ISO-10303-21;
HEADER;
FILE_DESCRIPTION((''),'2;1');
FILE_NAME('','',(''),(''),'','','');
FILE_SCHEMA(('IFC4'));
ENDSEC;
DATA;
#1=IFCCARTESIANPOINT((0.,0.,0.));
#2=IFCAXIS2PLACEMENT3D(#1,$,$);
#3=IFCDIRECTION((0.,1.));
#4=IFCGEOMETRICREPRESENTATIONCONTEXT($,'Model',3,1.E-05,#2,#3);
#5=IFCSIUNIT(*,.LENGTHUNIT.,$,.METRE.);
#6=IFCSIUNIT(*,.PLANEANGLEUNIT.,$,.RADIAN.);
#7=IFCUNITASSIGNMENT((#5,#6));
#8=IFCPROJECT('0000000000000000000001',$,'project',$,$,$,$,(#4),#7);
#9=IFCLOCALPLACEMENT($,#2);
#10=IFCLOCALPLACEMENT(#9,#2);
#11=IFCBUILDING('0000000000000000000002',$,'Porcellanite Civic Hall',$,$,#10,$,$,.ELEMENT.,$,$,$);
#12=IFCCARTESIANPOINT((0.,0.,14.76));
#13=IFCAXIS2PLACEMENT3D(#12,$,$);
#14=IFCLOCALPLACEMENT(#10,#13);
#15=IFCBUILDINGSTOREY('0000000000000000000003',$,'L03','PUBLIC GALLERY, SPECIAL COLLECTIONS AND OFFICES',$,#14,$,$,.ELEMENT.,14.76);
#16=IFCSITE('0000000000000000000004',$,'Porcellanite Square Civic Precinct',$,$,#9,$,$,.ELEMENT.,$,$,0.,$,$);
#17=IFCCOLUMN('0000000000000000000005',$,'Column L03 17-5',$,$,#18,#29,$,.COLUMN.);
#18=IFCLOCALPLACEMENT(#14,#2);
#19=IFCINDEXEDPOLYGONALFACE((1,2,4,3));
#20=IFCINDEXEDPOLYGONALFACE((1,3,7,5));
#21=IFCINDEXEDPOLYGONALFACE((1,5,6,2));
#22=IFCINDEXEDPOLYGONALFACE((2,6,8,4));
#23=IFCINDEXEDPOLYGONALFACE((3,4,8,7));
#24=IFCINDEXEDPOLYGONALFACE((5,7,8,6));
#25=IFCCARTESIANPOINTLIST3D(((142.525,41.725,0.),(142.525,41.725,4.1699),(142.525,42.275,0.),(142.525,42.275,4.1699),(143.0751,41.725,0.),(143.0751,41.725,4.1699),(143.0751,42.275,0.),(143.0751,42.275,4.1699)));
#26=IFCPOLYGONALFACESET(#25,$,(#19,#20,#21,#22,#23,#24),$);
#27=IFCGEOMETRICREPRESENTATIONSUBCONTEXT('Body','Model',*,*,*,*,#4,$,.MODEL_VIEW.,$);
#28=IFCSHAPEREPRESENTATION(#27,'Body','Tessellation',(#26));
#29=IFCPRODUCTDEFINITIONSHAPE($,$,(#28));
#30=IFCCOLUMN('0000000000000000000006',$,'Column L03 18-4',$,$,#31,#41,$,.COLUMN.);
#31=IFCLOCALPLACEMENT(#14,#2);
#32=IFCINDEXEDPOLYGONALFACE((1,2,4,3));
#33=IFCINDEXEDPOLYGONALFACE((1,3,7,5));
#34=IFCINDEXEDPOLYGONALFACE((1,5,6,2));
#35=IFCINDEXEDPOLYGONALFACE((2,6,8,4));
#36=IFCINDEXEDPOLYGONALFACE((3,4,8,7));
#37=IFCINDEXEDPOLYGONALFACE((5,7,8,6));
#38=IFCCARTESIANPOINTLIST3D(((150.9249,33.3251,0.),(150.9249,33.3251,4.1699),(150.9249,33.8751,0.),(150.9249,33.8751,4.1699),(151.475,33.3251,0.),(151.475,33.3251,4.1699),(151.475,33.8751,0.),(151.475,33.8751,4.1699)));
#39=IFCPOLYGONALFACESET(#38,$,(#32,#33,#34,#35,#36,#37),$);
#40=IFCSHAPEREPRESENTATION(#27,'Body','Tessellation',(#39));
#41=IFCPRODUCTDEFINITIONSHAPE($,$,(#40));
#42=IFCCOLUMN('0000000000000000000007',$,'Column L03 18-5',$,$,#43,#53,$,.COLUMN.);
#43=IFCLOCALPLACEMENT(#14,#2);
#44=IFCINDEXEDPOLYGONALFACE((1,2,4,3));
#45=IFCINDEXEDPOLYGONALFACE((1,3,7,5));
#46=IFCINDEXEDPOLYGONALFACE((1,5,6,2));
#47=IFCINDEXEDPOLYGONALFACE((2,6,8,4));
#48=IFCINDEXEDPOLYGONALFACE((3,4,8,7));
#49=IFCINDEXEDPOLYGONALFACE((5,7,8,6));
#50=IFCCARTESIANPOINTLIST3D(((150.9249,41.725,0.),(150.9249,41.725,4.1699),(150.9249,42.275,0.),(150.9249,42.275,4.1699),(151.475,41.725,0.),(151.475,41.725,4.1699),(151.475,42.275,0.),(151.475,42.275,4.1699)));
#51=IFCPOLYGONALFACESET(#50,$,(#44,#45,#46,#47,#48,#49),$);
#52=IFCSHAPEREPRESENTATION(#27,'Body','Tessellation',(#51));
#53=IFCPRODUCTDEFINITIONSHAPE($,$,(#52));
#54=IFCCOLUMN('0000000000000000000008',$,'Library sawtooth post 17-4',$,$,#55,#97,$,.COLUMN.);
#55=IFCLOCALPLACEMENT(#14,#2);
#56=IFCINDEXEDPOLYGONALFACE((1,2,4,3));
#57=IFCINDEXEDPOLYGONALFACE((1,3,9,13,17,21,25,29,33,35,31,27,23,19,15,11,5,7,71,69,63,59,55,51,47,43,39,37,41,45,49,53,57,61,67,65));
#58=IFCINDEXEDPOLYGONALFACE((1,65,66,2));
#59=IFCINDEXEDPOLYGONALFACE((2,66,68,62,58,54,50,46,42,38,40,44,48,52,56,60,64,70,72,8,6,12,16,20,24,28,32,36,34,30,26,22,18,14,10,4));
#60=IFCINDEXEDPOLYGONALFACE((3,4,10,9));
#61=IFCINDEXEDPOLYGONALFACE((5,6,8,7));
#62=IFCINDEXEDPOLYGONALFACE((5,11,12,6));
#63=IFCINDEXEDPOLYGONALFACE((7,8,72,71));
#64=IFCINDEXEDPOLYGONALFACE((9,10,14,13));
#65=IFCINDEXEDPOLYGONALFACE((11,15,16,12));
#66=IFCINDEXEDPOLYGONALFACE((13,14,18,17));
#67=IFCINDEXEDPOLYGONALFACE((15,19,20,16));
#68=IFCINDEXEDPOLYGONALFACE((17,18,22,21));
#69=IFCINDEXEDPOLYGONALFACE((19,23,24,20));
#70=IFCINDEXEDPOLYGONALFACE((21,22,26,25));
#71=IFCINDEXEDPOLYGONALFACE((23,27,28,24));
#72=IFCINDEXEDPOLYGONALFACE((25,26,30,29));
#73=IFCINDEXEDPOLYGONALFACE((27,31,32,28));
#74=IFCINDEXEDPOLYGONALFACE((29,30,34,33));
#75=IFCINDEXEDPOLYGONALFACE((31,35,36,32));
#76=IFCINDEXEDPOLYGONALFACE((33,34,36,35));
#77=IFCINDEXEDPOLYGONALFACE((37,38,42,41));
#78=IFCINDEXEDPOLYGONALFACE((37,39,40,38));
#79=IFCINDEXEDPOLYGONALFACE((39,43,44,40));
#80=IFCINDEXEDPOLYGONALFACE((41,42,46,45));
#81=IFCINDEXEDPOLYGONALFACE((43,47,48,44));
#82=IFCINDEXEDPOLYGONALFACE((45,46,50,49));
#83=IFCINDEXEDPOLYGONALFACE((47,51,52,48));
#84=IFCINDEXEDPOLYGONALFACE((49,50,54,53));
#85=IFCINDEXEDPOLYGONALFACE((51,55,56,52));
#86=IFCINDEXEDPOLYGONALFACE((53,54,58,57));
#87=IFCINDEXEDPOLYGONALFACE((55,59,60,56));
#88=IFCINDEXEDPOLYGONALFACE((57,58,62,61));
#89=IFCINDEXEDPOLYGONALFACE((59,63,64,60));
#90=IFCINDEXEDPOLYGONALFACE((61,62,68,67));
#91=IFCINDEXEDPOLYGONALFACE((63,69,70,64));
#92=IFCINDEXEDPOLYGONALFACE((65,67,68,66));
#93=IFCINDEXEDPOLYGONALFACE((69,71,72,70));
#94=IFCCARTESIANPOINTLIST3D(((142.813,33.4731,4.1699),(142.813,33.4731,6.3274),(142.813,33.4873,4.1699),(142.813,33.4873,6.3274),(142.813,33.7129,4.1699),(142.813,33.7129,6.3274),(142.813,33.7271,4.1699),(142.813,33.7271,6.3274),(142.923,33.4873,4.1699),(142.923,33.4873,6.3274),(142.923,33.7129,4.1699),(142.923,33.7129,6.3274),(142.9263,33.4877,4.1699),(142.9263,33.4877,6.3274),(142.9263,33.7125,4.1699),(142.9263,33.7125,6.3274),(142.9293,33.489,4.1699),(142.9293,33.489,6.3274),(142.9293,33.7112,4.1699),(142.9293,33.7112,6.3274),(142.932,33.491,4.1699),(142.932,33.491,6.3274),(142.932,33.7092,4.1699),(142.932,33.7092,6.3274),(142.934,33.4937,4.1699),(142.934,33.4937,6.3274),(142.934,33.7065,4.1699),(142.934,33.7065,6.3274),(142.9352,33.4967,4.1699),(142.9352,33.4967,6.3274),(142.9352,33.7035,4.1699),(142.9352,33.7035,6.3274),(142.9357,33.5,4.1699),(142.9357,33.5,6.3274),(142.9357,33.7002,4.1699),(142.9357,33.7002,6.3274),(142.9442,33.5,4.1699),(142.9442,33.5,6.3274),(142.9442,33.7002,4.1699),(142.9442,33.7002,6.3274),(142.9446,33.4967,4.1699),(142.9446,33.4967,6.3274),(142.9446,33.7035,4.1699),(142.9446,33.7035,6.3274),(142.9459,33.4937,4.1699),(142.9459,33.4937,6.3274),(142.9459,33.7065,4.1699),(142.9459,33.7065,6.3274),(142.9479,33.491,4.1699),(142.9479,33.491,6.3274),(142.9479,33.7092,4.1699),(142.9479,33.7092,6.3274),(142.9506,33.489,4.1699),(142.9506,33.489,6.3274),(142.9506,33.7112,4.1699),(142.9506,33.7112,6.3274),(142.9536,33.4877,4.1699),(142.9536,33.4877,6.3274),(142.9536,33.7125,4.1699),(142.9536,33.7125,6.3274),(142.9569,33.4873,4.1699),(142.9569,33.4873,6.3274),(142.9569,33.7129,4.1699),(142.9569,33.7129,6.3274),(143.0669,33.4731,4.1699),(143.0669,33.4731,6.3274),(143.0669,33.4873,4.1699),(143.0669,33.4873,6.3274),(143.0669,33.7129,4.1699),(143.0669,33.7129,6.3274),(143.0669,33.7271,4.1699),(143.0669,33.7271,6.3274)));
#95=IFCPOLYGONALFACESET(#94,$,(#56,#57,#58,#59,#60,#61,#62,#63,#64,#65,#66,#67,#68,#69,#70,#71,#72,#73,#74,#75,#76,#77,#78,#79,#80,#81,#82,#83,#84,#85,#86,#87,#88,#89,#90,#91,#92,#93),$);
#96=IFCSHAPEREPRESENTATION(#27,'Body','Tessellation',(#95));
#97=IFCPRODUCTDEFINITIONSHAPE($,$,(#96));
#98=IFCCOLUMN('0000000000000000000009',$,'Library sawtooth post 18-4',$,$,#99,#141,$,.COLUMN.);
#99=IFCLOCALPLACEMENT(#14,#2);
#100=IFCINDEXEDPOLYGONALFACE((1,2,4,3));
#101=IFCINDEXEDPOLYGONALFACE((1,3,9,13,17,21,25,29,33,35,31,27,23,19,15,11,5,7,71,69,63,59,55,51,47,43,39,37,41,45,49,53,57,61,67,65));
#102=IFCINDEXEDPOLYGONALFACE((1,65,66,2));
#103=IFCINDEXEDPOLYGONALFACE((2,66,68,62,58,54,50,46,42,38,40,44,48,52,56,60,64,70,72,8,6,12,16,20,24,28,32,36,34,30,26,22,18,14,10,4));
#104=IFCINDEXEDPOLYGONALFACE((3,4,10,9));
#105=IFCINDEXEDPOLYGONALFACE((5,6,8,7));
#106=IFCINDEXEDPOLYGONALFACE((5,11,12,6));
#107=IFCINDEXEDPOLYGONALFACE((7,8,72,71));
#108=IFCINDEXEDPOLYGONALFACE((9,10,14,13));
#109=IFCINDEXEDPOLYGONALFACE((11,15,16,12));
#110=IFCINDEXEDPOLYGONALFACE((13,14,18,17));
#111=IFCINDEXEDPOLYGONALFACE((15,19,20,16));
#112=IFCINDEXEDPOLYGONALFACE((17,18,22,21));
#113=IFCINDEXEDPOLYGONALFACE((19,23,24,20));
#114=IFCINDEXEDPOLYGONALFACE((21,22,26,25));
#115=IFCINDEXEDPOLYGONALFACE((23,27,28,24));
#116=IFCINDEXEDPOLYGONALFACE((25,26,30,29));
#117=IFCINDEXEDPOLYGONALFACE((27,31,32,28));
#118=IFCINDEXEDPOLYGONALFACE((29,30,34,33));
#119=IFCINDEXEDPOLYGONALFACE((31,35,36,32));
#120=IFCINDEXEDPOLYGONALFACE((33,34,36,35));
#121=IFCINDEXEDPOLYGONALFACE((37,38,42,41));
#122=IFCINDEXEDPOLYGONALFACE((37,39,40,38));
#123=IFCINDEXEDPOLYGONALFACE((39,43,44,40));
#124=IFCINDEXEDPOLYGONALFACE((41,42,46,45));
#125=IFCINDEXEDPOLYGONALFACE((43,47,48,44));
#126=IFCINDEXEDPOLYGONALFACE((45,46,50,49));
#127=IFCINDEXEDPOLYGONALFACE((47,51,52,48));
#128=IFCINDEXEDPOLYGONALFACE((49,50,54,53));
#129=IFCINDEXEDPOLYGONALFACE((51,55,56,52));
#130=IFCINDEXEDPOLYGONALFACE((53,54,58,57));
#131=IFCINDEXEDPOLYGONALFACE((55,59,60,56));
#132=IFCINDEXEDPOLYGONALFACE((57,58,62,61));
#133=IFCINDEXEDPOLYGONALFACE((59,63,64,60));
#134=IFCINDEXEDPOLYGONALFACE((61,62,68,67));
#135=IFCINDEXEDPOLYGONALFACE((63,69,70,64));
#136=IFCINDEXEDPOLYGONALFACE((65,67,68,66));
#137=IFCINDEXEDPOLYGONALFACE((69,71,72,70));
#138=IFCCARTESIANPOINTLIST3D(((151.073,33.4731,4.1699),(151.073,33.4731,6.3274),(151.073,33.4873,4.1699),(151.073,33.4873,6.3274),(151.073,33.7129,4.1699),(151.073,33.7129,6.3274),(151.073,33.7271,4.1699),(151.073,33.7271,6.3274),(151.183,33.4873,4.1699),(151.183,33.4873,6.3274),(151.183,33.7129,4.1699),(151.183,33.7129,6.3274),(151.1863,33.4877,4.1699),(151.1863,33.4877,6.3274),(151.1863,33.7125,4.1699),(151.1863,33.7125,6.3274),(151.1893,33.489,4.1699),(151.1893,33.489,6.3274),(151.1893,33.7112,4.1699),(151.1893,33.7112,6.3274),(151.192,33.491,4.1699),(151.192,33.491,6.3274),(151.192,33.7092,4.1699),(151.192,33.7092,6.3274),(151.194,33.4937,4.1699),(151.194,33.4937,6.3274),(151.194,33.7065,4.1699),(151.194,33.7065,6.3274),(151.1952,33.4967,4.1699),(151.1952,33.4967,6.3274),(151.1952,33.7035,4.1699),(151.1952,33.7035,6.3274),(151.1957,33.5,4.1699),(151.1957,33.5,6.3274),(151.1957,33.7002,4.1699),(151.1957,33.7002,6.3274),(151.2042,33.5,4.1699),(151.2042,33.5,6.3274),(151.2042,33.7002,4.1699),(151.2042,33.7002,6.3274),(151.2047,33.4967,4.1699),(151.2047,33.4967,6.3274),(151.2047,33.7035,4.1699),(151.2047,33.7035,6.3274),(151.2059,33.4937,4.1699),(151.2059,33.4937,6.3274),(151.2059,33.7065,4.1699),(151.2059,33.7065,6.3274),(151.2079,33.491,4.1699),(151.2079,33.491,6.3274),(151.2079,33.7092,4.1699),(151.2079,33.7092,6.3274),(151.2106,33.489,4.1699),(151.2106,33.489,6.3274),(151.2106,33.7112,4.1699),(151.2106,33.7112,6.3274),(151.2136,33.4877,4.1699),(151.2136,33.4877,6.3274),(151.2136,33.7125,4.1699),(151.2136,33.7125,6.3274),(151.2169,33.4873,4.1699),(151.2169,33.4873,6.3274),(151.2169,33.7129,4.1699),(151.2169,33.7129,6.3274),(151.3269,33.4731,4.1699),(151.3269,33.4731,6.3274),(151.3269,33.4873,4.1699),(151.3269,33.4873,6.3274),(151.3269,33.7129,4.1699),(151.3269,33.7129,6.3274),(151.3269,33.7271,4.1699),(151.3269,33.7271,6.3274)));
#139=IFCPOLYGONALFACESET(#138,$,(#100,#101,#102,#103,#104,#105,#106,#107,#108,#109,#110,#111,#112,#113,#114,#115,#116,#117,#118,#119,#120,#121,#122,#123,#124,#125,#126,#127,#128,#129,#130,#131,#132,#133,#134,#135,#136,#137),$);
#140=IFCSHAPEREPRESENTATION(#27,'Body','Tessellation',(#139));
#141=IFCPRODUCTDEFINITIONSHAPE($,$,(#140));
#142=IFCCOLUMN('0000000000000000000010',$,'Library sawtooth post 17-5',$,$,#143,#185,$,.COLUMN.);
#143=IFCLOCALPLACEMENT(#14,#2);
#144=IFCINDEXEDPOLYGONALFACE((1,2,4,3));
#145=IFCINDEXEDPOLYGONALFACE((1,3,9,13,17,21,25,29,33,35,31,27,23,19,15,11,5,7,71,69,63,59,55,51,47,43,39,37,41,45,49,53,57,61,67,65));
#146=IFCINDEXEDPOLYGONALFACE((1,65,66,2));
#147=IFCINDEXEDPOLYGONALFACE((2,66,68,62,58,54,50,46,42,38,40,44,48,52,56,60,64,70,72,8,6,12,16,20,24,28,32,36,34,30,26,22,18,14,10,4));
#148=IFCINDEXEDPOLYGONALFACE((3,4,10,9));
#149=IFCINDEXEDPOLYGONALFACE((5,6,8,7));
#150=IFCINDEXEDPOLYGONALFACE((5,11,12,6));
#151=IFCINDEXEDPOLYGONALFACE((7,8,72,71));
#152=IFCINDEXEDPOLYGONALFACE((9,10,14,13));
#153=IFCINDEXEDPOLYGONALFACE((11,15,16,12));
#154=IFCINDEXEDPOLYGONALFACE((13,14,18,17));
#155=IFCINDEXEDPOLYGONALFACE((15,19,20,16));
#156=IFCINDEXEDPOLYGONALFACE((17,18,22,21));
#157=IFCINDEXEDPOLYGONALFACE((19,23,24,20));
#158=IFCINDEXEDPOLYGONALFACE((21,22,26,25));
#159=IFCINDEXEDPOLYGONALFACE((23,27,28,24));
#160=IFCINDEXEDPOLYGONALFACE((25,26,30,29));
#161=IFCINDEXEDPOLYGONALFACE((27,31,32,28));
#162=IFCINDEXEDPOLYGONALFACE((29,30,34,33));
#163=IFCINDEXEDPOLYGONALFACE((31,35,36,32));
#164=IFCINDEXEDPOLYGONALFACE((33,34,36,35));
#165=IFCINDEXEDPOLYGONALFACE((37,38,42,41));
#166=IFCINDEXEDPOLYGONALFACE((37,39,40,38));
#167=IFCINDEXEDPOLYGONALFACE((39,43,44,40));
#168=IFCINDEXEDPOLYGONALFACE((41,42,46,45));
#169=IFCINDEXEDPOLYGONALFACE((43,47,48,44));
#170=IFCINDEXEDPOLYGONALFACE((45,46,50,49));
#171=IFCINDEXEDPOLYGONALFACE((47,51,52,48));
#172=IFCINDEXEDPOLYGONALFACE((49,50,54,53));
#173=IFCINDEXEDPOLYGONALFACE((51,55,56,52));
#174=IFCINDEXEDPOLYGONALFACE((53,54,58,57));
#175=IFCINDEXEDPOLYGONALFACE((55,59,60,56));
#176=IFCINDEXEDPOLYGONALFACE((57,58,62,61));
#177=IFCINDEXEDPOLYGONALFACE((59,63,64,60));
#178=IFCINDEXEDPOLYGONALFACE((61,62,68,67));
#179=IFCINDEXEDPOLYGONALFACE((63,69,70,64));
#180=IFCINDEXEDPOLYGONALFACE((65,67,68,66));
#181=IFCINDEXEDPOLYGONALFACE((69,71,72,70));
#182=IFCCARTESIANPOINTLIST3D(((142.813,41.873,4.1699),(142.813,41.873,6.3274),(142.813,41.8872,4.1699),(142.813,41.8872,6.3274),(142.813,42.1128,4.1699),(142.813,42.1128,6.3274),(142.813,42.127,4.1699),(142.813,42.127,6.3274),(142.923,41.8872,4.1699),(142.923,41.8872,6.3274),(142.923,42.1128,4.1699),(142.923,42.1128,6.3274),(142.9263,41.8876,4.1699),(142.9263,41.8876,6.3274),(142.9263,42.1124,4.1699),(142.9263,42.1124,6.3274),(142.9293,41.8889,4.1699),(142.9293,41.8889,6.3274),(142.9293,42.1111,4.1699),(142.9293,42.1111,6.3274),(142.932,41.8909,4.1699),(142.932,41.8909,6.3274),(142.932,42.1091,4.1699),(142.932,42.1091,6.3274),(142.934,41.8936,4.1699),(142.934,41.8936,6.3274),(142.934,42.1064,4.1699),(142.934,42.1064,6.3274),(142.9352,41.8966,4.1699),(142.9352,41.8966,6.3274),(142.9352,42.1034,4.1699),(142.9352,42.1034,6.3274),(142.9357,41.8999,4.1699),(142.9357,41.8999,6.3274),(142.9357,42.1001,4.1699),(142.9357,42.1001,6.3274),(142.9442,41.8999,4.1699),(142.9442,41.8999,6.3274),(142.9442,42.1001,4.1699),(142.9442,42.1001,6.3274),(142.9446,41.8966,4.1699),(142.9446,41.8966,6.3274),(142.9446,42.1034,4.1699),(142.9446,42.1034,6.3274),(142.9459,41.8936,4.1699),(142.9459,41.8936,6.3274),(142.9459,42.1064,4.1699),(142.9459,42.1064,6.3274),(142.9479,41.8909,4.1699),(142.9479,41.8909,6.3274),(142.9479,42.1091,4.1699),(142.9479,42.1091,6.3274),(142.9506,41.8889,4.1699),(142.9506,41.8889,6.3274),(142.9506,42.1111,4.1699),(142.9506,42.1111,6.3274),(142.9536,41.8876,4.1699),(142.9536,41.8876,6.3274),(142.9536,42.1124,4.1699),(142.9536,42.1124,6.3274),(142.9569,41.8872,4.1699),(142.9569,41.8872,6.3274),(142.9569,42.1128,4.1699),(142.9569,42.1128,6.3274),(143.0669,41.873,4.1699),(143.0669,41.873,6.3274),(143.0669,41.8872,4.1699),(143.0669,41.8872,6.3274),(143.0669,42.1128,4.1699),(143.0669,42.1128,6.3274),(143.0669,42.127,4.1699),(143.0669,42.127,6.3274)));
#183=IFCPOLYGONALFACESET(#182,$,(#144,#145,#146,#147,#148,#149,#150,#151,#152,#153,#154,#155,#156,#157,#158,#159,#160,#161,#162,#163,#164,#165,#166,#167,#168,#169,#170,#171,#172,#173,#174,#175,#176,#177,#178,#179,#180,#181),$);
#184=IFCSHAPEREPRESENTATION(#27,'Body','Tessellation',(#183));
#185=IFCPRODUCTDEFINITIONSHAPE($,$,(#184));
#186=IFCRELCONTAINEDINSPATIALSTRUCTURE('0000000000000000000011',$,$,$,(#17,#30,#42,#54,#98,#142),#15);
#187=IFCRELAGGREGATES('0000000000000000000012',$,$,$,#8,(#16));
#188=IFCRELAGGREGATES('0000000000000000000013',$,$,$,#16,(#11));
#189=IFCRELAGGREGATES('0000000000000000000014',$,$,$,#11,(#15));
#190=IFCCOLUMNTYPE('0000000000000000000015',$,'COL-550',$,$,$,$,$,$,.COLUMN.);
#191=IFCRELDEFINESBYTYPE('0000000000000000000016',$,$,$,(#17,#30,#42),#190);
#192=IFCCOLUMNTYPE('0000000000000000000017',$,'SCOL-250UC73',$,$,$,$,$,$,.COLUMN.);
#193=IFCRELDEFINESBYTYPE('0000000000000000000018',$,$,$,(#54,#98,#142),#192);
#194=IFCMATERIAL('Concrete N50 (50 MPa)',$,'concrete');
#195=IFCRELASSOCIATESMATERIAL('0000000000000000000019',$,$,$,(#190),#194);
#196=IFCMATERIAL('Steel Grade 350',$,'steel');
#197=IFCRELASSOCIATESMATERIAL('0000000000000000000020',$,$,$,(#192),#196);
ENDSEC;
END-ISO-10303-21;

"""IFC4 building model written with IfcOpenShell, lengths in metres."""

from ifc_helpers import new_model, si_unit, direction, frame, origin, origin_2d, place, context, subcontext, project, spatial, rectangle, i_section, extrude, material, material_profile, profile_set, type_object, element, save


model = new_model("IFC4")

# Units and contexts
model_context = context("Model", 3, precision=1e-05, world=origin(), true_north=direction((0.0, 1.0)))
body_context = subcontext(model_context, "Body", "Model", "MODEL_VIEW")
ifc_project = project(units=[si_unit("LENGTHUNIT", "METRE"), si_unit("PLANEANGLEUNIT", "RADIAN")], contexts=[model_context])

# Site, building, storey
site_placement = place(None, origin())
site = spatial("IfcSite", under=ifc_project, at=site_placement, Name="Porcellanite Square Civic Precinct", CompositionType="ELEMENT", RefElevation=0.0)
building_placement = place(site_placement, origin())
building = spatial("IfcBuilding", under=site, at=building_placement, Name="Porcellanite Civic Hall", CompositionType="ELEMENT")
storey_placement = place(building_placement, frame((0.0, 0.0, 14.76)))
storey = spatial("IfcBuildingStorey", under=building, at=storey_placement, Name="L03", Description="PUBLIC GALLERY, SPECIAL COLLECTIONS AND OFFICES", CompositionType="ELEMENT", Elevation=14.76)

# Columns
ifc_material_1 = material(Name="Concrete N50 (50 MPa)", Category="concrete")
ifc_material_profile_1 = material_profile(ifc_material_1, rectangle(XDim=0.55, YDim=0.55, at=origin_2d()), Name="RC-550x550")
ifc_profile_set_1 = profile_set([ifc_material_profile_1], Name="Concrete N50 (50 MPa)")
column_type_1 = type_object("IfcColumnType", Name="COL-550", PredefinedType="COLUMN", material=ifc_profile_set_1)
for number, where, z_axis, x_axis, name in (
    (1, (142.8, 42.0, 0.0), (0.0, 0.0, 1.0), (1.0, 0.0, 0.0), "Column L03 17-5"),
    (2, (151.2, 33.6001, 0.0), (0.0, 0.0, 1.0), (1.0, 0.0, 0.0), "Column L03 18-4"),
    (3, (151.2, 42.0, 0.0), (0.0, 0.0, 1.0), (1.0, 0.0, 0.0), "Column L03 18-5"),
):
    element("IfcColumn", number, at=place(storey_placement, frame(where, z_axis=z_axis, x_axis=x_axis)), inside=storey, type_object=column_type_1, Name=name, PredefinedType="COLUMN", context=body_context, shape_type="SweptSolid", body=[
        extrude(rectangle(XDim=0.55, YDim=0.55, at=origin_2d()), origin(), (0.0, 0.0, 1.0), 4.1699),
    ])
ifc_material_2 = material(Name="Steel Grade 350", Category="steel")
ifc_material_profile_2 = material_profile(ifc_material_2, i_section(OverallWidth=0.2539, OverallDepth=0.2539, WebThickness=0.0085, FlangeThickness=0.0142, FilletRadius=0.0127, at=origin_2d()), Name="250UC72.9")
ifc_profile_set_2 = profile_set([ifc_material_profile_2], Name="Steel Grade 350")
column_type_2 = type_object("IfcColumnType", Name="SCOL-250UC73", PredefinedType="COLUMN", material=ifc_profile_set_2)
for number, where, z_axis, x_axis, name in (
    (4, (142.9399, 33.6001, 4.1699), (0.0, 0.0, 1.0), (1.0, 0.0, 0.0), "Library sawtooth post 17-4"),
    (5, (151.2, 33.6001, 4.1699), (0.0, 0.0, 1.0), (1.0, 0.0, 0.0), "Library sawtooth post 18-4"),
    (6, (142.9399, 42.0, 4.1699), (0.0, 0.0, 1.0), (1.0, 0.0, 0.0), "Library sawtooth post 17-5"),
):
    element("IfcColumn", number, at=place(storey_placement, frame(where, z_axis=z_axis, x_axis=x_axis)), inside=storey, type_object=column_type_2, Name=name, PredefinedType="COLUMN", context=body_context, shape_type="SweptSolid", body=[
        extrude(i_section(OverallWidth=0.2539, OverallDepth=0.2539, WebThickness=0.0085, FlangeThickness=0.0142, FilletRadius=0.0127, at=origin_2d()), origin(), (0.0, 0.0, 1.0), 2.1575),
    ])

save(model, "model.ifc")
